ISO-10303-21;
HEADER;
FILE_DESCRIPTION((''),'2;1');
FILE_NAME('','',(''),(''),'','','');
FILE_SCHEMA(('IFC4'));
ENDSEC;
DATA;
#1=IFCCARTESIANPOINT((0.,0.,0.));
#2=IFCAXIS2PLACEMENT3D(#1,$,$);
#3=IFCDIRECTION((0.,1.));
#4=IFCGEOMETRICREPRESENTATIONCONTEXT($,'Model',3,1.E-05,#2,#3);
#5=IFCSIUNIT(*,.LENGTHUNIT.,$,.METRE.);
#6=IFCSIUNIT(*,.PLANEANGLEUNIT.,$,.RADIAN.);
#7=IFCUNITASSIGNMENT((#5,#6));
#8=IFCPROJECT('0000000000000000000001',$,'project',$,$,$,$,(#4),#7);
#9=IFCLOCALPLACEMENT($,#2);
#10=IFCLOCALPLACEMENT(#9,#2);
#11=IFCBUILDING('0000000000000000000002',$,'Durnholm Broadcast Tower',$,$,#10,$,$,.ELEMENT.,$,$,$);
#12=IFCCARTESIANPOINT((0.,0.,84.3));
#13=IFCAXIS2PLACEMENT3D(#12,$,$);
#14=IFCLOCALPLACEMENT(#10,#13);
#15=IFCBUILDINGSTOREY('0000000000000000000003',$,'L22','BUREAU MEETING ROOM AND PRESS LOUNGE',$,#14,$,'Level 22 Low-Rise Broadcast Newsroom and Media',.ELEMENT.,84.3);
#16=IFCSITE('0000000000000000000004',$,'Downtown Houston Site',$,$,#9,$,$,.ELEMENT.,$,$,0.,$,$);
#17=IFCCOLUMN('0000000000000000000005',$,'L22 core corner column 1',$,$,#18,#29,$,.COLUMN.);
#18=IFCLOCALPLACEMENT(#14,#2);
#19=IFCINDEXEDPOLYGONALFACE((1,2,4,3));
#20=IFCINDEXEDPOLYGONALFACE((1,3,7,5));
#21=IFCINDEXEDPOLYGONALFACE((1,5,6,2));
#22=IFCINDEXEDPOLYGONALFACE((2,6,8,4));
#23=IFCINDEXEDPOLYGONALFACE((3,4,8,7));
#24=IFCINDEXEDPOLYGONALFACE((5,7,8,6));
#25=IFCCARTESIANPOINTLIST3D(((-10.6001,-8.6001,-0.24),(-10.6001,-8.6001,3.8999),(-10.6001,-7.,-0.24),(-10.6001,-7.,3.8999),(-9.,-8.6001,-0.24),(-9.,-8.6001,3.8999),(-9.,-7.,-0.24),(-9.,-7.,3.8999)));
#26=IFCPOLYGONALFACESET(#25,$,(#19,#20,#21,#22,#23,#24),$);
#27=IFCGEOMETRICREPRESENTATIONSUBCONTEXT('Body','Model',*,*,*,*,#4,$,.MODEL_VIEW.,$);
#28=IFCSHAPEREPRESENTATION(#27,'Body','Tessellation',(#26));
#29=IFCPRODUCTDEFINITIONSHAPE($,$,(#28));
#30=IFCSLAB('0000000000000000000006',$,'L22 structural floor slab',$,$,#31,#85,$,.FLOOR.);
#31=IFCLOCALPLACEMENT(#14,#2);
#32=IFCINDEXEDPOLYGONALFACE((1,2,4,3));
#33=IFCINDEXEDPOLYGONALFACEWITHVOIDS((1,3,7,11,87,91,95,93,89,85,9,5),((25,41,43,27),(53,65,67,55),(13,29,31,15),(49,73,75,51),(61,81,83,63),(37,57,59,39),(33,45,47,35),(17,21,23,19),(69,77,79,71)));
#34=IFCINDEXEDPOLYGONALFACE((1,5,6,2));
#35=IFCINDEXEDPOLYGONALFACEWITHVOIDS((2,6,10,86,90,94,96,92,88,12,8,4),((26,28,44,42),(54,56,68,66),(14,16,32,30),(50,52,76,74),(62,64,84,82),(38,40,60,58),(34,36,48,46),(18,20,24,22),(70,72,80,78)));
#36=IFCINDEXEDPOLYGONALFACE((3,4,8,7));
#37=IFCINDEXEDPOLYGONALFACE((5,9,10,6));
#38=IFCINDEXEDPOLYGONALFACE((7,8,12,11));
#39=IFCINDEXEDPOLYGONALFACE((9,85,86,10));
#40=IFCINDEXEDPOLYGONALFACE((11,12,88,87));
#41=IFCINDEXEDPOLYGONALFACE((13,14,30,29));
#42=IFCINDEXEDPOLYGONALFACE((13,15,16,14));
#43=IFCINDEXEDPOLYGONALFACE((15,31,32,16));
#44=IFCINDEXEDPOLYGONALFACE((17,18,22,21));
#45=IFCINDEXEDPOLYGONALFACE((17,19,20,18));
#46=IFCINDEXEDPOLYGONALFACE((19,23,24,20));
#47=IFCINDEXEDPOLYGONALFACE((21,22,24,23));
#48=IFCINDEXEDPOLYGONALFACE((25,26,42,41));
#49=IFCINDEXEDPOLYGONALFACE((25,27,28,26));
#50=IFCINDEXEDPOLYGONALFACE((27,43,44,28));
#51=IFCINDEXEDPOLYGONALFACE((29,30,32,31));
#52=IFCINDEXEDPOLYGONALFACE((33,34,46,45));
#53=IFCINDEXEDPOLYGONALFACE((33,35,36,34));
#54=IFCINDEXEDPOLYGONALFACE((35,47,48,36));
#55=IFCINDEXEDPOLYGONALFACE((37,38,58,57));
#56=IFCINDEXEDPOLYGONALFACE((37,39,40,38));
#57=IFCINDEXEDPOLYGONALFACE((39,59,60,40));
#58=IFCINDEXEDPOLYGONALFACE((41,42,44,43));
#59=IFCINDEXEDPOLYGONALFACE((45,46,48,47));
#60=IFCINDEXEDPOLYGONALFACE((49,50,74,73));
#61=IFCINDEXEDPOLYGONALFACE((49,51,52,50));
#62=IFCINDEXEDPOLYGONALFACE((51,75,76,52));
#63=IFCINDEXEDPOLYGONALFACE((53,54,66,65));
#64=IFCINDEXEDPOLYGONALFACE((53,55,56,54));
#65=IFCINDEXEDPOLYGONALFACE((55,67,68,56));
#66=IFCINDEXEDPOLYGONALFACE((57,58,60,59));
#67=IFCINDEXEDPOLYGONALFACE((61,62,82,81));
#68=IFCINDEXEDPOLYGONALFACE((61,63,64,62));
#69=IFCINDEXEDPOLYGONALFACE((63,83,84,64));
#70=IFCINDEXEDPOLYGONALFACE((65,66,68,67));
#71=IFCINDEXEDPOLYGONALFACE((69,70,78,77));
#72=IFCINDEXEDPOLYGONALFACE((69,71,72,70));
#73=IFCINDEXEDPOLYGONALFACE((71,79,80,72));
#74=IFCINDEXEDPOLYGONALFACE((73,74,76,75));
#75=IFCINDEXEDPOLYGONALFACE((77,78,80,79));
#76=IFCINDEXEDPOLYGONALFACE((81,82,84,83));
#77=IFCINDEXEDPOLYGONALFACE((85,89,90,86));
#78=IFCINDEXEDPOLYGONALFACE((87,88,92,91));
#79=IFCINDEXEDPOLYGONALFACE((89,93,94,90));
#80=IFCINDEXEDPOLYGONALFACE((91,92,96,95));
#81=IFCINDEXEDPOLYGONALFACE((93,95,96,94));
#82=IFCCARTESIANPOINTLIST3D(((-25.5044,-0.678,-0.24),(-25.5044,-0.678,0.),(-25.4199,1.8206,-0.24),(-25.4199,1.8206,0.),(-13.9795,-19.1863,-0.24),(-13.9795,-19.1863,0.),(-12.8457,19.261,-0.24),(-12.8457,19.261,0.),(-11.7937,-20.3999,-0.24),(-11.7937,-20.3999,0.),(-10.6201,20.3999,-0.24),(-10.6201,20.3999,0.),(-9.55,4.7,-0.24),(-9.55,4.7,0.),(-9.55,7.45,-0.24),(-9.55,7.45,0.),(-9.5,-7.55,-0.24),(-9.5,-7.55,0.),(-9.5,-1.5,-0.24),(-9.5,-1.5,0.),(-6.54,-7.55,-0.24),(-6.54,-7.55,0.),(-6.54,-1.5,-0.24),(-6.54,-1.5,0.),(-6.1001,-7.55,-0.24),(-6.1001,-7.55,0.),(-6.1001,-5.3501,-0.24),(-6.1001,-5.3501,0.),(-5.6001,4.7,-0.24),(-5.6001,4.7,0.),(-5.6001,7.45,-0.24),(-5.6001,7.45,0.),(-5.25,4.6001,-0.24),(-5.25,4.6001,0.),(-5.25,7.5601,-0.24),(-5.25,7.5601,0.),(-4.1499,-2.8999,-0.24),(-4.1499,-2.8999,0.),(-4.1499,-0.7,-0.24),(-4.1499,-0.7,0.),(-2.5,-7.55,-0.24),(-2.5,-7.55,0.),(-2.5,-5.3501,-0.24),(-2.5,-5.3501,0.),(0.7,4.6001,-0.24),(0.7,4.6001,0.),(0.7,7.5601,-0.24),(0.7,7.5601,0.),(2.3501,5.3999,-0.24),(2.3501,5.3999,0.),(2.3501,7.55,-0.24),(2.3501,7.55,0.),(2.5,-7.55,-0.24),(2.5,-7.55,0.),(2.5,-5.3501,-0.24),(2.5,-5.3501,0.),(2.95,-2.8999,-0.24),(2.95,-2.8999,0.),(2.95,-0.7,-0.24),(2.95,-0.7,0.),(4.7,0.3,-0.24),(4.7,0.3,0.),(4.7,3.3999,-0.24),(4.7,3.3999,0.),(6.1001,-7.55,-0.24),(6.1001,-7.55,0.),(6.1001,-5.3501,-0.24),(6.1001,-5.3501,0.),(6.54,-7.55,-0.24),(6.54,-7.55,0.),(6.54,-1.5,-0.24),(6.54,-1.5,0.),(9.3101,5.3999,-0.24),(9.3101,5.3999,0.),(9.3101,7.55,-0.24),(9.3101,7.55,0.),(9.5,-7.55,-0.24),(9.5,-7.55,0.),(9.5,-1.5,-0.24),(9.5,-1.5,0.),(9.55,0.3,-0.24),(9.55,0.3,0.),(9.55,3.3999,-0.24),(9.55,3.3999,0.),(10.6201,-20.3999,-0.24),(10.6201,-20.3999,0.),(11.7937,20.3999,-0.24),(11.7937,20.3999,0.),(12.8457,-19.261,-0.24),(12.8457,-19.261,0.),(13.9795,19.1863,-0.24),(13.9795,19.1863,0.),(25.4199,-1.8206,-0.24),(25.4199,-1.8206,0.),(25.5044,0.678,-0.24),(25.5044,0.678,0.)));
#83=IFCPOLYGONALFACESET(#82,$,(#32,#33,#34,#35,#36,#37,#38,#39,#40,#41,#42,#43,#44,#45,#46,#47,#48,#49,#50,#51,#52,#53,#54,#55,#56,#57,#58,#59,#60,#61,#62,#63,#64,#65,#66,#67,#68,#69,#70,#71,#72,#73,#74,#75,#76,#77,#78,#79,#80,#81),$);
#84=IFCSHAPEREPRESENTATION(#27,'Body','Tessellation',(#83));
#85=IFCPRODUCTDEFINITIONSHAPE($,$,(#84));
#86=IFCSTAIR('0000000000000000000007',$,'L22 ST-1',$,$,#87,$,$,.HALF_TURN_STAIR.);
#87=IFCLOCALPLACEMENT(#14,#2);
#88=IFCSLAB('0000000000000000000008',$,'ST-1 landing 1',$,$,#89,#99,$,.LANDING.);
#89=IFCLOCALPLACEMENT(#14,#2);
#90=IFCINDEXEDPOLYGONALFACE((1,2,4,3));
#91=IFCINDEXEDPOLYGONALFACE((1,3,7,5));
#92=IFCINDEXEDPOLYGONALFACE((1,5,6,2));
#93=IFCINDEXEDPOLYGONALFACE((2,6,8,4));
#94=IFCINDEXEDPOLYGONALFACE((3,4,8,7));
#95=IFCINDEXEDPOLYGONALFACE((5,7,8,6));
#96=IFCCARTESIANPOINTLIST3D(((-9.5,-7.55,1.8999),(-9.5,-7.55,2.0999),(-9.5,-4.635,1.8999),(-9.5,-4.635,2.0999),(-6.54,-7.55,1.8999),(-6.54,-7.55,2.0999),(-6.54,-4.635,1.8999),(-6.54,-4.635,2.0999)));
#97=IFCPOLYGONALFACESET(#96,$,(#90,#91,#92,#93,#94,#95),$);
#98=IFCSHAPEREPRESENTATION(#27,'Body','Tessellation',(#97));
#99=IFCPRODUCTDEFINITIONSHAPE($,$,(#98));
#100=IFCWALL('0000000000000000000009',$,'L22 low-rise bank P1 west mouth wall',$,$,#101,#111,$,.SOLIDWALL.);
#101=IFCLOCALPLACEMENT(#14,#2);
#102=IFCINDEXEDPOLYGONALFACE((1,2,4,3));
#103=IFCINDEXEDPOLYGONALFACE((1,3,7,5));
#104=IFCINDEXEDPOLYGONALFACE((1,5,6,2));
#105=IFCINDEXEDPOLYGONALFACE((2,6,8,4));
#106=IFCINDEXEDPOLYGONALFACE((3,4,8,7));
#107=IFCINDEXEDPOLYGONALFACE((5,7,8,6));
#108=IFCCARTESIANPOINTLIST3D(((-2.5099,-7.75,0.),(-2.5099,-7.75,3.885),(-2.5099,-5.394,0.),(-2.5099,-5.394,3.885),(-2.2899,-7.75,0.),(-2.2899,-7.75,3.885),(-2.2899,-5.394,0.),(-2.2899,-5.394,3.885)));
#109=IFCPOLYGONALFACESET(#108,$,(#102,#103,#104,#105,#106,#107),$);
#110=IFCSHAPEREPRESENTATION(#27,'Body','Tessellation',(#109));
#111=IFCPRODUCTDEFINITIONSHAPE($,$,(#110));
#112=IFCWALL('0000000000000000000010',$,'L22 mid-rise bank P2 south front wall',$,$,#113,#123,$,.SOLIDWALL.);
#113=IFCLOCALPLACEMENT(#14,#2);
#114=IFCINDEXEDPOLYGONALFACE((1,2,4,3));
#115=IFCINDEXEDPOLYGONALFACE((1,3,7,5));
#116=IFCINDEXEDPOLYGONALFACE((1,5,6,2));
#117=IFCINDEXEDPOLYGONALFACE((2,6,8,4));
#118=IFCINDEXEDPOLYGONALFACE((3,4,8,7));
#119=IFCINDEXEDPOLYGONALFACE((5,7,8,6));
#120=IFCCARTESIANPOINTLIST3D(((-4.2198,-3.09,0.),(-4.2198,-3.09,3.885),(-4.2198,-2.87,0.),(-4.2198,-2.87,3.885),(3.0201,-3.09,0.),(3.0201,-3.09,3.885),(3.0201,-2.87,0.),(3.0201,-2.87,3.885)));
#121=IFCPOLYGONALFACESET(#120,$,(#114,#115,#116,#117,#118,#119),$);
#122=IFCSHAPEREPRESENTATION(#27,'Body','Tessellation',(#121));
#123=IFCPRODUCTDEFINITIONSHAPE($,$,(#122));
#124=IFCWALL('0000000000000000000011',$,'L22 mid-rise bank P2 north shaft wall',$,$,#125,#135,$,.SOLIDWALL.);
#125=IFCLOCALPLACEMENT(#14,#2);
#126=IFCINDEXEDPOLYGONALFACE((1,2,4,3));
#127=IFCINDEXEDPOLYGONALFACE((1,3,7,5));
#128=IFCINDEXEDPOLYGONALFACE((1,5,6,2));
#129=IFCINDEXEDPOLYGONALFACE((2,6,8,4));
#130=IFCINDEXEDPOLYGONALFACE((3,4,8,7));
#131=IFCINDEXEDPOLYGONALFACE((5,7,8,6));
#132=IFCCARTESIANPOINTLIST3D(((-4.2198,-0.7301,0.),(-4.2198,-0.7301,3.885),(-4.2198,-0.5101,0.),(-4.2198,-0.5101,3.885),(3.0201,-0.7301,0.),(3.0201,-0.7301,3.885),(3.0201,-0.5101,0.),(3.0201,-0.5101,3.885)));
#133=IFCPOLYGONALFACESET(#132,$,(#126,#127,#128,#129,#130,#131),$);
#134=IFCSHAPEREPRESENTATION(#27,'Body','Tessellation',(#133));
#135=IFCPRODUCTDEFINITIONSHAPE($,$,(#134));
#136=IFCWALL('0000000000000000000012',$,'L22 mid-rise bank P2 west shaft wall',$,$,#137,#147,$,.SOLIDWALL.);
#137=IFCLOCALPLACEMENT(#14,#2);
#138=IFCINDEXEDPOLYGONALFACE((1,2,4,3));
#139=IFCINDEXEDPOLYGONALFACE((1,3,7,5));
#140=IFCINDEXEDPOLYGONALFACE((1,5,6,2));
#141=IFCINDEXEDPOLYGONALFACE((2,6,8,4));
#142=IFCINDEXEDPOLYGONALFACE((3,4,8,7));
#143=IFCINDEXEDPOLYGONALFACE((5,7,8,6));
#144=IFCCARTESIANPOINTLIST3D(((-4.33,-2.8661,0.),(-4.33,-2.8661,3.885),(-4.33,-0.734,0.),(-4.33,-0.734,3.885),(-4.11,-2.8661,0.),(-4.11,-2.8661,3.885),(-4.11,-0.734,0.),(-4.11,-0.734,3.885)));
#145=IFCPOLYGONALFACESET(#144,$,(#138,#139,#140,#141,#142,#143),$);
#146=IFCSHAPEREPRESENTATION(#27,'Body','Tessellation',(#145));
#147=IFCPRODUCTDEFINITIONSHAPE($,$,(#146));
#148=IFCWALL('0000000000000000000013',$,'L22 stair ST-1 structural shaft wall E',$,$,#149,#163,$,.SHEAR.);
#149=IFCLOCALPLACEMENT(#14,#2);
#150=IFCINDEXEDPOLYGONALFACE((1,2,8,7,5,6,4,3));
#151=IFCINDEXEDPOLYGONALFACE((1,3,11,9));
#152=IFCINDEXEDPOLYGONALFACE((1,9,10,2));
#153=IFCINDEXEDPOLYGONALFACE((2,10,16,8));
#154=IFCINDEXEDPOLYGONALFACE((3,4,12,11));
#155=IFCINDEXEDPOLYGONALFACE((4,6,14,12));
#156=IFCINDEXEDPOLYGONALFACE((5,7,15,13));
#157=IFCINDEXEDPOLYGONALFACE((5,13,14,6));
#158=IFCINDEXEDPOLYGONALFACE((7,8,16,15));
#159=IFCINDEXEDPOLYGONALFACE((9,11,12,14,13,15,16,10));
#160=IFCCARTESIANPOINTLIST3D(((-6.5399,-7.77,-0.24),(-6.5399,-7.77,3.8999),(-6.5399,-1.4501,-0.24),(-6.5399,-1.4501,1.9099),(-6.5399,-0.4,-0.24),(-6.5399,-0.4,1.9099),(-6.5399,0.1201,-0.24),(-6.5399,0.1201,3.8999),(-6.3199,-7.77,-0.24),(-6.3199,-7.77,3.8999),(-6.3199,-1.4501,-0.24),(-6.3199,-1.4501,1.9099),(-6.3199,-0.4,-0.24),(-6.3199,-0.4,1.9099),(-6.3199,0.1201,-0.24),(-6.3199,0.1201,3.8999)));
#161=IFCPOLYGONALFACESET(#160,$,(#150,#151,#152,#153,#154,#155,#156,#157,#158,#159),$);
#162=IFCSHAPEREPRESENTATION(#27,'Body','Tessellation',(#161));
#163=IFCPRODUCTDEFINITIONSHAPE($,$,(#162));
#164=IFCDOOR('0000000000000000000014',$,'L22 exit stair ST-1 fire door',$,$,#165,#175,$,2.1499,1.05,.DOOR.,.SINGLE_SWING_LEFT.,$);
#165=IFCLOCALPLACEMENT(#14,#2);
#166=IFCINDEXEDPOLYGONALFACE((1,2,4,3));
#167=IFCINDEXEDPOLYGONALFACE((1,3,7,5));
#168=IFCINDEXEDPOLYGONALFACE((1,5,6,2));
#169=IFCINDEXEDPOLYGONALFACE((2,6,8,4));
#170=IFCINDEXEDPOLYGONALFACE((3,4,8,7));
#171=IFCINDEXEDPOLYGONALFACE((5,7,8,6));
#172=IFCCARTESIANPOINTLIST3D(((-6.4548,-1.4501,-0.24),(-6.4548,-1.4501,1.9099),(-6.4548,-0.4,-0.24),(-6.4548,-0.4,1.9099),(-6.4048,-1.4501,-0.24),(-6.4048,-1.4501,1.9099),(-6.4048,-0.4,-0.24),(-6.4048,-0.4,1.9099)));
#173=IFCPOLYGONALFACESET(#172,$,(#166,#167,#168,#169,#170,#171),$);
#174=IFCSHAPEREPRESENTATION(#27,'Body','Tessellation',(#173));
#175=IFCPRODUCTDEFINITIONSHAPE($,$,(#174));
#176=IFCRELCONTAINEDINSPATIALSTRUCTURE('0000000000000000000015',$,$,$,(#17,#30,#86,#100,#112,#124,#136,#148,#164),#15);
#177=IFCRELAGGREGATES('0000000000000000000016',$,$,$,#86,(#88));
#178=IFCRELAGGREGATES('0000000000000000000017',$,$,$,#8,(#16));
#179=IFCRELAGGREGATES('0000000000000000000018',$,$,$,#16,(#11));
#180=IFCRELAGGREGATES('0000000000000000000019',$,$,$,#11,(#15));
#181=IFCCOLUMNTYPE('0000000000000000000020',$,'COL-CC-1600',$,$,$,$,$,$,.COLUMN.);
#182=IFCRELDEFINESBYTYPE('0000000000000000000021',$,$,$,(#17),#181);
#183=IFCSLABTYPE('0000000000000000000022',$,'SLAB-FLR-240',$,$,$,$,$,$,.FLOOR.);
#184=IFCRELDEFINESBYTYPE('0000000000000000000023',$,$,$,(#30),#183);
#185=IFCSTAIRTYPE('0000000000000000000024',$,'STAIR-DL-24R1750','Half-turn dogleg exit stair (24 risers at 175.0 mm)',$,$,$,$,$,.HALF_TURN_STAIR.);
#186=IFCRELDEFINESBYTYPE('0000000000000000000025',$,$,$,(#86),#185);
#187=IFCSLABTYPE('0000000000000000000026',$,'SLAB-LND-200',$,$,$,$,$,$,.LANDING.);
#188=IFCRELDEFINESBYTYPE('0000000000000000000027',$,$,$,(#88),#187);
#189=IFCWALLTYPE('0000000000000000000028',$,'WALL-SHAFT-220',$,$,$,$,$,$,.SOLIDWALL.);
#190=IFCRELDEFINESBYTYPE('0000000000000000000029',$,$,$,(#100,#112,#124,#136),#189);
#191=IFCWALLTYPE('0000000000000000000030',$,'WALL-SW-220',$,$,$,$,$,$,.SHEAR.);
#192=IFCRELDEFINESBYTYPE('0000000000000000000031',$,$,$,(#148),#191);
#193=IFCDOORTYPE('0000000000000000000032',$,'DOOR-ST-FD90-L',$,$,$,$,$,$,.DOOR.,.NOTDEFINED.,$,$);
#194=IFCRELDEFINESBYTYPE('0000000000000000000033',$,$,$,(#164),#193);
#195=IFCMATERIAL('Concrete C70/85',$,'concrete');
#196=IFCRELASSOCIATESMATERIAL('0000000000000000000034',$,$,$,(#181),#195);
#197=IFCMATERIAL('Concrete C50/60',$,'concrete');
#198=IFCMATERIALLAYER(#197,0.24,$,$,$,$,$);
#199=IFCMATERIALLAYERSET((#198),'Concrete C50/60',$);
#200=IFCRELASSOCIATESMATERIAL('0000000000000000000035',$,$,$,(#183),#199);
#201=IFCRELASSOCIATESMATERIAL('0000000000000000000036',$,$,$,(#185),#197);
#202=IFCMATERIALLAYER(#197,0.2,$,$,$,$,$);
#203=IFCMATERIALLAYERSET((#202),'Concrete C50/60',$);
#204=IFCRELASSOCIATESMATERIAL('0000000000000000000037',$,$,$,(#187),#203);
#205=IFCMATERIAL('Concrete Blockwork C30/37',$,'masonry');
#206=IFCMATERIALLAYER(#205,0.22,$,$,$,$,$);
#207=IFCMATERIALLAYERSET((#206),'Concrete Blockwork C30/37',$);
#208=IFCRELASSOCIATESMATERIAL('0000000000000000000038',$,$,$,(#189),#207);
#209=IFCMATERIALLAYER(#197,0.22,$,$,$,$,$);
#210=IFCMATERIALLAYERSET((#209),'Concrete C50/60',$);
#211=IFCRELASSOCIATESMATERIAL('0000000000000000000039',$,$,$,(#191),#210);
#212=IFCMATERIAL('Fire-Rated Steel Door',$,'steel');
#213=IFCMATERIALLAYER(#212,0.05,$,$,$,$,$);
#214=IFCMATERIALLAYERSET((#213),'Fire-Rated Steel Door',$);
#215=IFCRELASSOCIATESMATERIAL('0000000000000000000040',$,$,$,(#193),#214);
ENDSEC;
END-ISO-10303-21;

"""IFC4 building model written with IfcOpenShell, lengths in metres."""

from ifc_helpers import new_model, si_unit, direction, frame, frame_2d, origin, origin_2d, place, context, subcontext, project, spatial, polyline, rectangle, outline, extrude, source, transform, mapped, material, layer, layer_set, material_profile, profile_set, type_object, type_shapes, element, fill, aggregate, save


model = new_model("IFC4")

# Units and contexts
model_context = context("Model", 3, precision=1e-05, world=origin(), true_north=direction((0.0, 1.0)))
body_context = subcontext(model_context, "Body", "Model", "MODEL_VIEW")
ifc_project = project(units=[si_unit("LENGTHUNIT", "METRE"), si_unit("PLANEANGLEUNIT", "RADIAN")], contexts=[model_context])

# Site, building, storey
site_placement = place(None, origin())
site = spatial("IfcSite", under=ifc_project, at=site_placement, Name="Downtown Houston Site", CompositionType="ELEMENT", RefElevation=0.0)
building_placement = place(site_placement, origin())
building = spatial("IfcBuilding", under=site, at=building_placement, Name="Durnholm Broadcast Tower", CompositionType="ELEMENT")
storey_placement = place(building_placement, frame((0.0, 0.0, 84.3)))
storey = spatial("IfcBuildingStorey", under=building, at=storey_placement, Name="L22", Description="BUREAU MEETING ROOM AND PRESS LOUNGE", LongName="Level 22 Low-Rise Broadcast Newsroom and Media", CompositionType="ELEMENT", Elevation=84.3)

# Column
ifc_material_1 = material(Name="Concrete C70/85", Category="concrete")
ifc_material_profile = material_profile(ifc_material_1, rectangle(XDim=1.6001, YDim=1.6001, at=origin_2d()), Name="RC1600X1600")
ifc_profile_set = profile_set([ifc_material_profile], Name="Concrete C70/85")
column_type = type_object("IfcColumnType", Name="COL-CC-1600", PredefinedType="COLUMN", material=ifc_profile_set)
shared_shape_1 = source(origin(), body_context, "Body", "SweptSolid", [
    extrude(rectangle(XDim=1.6001, YDim=1.6001, at=origin_2d()), origin(), (0.0, 0.0, 1.0), 4.1399),
])
type_shapes(column_type, [shared_shape_1])
column_placement = place(storey_placement, frame((-9.8, -7.8, -0.24), z_axis=(0.0, 0.0, 1.0), x_axis=(1.0, 0.0, 0.0)))
element("IfcColumn", 1, at=column_placement, inside=storey, type_object=column_type, Name="L22 core corner column 1", PredefinedType="COLUMN", context=body_context, shape_type="MappedRepresentation", body=[
    mapped(shared_shape_1, transform((0.0, 0.0, 0.0), x_axis=(1.0, 0.0, 0.0), y_axis=(0.0, 1.0, 0.0), z_axis=(0.0, 0.0, 1.0), scale=1.0)),
])

# Slab
ifc_material_2 = material(Name="Concrete C50/60", Category="concrete")
ifc_layer_1 = layer(ifc_material_2, 0.24)
ifc_layer_set_1 = layer_set([ifc_layer_1], Name="Concrete C50/60")
slab_type_1 = type_object("IfcSlabType", Name="SLAB-FLR-240", PredefinedType="FLOOR", material=ifc_layer_set_1)
slab_1_placement = place(storey_placement, frame((0.0, 0.0, -0.24)))
element("IfcSlab", 2, at=slab_1_placement, inside=storey, type_object=slab_type_1, Name="L22 structural floor slab", PredefinedType="FLOOR", context=body_context, shape_type="SweptSolid", body=[
    extrude(outline(polyline([(-13.9795, -19.1863), (-11.7937, -20.3999), (10.6201, -20.3999), (12.8457, -19.261), (25.4199, -1.8206), (25.5044, 0.678), (13.9795, 19.1863), (11.7937, 20.3999), (-10.6201, 20.3999), (-12.8457, 19.261), (-25.4199, 1.8206), (-25.5044, -0.678), (-13.9795, -19.1863)]), holes=[polyline([(-2.5, -5.3501), (-6.1001, -5.3501), (-6.1001, -7.55), (-2.5, -7.55), (-2.5, -5.3501)]), polyline([(6.1001, -5.3501), (2.5, -5.3501), (2.5, -7.55), (6.1001, -7.55), (6.1001, -5.3501)]), polyline([(-6.54, -7.55), (-6.54, -1.5), (-9.5, -1.5), (-9.5, -7.55), (-6.54, -7.55)]), polyline([(9.5, -7.55), (9.5, -1.5), (6.54, -1.5), (6.54, -7.55), (9.5, -7.55)]), polyline([(2.95, -0.7), (-4.1499, -0.7), (-4.1499, -2.8999), (2.95, -2.8999), (2.95, -0.7)]), polyline([(9.55, 3.3999), (4.7, 3.3999), (4.7, 0.3), (9.55, 0.3), (9.55, 3.3999)]), polyline([(-5.6001, 7.45), (-9.55, 7.45), (-9.55, 4.7), (-5.6001, 4.7), (-5.6001, 7.45)]), polyline([(-5.25, 7.5601), (-5.25, 4.6001), (0.7, 4.6001), (0.7, 7.5601), (-5.25, 7.5601)]), polyline([(9.3101, 5.3999), (9.3101, 7.55), (2.3501, 7.55), (2.3501, 5.3999), (9.3101, 5.3999)])]), origin(), (0.0, 0.0, 1.0), 0.24),
])

# Stair, slab
stair_type = type_object("IfcStairType", Name="STAIR-DL-24R1750", Description="Half-turn dogleg exit stair (24 risers at 175.0 mm)", PredefinedType="HALF_TURN_STAIR", material=ifc_material_2)
stair_placement = place(storey_placement, origin())
stair = element("IfcStair", 3, at=stair_placement, inside=storey, type_object=stair_type, Name="L22 ST-1", PredefinedType="HALF_TURN_STAIR")
ifc_layer_2 = layer(ifc_material_2, 0.2)
ifc_layer_set_2 = layer_set([ifc_layer_2], Name="Concrete C50/60")
slab_type_2 = type_object("IfcSlabType", Name="SLAB-LND-200", PredefinedType="LANDING", material=ifc_layer_set_2)
slab_2_placement = place(storey_placement, frame((0.0, 0.0, 1.8999)))
slab_2 = element("IfcSlab", 4, at=slab_2_placement, type_object=slab_type_2, Name="ST-1 landing 1", PredefinedType="LANDING", context=body_context, shape_type="SweptSolid", body=[
    extrude(outline(polyline([(-9.5, -4.635), (-9.5, -7.55), (-6.54, -7.55), (-6.54, -4.635), (-9.5, -4.635)])), origin(), (0.0, 0.0, 1.0), 0.2),
])

# Shared definitions
ifc_material_3 = material(Name="Concrete Blockwork C30/37", Category="masonry")
ifc_layer_3 = layer(ifc_material_3, 0.22)
ifc_layer_set_3 = layer_set([ifc_layer_3], Name="Concrete Blockwork C30/37")
wall_type_1 = type_object("IfcWallType", Name="WALL-SHAFT-220", PredefinedType="SOLIDWALL", material=ifc_layer_set_3)

# Walls
wall_1_placement = place(storey_placement, frame((-2.3999, -7.75, 0.0), z_axis=(0.0, 0.0, 1.0), x_axis=(0.0, 1.0, 0.0)))
element("IfcWall", 5, at=wall_1_placement, inside=storey, type_object=wall_type_1, Name="L22 low-rise bank P1 west mouth wall", PredefinedType="SOLIDWALL", context=body_context, shape_type="SweptSolid", body=[
    extrude(rectangle(XDim=2.356, YDim=0.22, at=frame_2d((1.178, 0.0))), origin(), (0.0, 0.0, 1.0), 3.885),
])
for number, where, z_axis, x_axis, name in (
    (6, (-4.22, -2.98, 0.0), (0.0, 0.0, 1.0), (1.0, 0.0, 0.0), "L22 mid-rise bank P2 south front wall"),
    (7, (-4.22, -0.6201, 0.0), (0.0, 0.0, 1.0), (1.0, 0.0, 0.0), "L22 mid-rise bank P2 north shaft wall"),
):
    element("IfcWall", number, at=place(storey_placement, frame(where, z_axis=z_axis, x_axis=x_axis)), inside=storey, type_object=wall_type_1, Name=name, PredefinedType="SOLIDWALL", context=body_context, shape_type="SweptSolid", body=[
        extrude(rectangle(XDim=7.24, YDim=0.22, at=frame_2d((3.6201, 0.0))), origin(), (0.0, 0.0, 1.0), 3.885),
    ])
wall_2_placement = place(storey_placement, frame((-4.22, -2.866, 0.0), z_axis=(0.0, 0.0, 1.0), x_axis=(0.0, 1.0, 0.0)))
element("IfcWall", 8, at=wall_2_placement, inside=storey, type_object=wall_type_1, Name="L22 mid-rise bank P2 west shaft wall", PredefinedType="SOLIDWALL", context=body_context, shape_type="SweptSolid", body=[
    extrude(rectangle(XDim=2.1321, YDim=0.22, at=frame_2d((1.0659, 0.0))), origin(), (0.0, 0.0, 1.0), 3.885),
])

# Wall, opening, door
ifc_layer_4 = layer(ifc_material_2, 0.22)
ifc_layer_set_4 = layer_set([ifc_layer_4], Name="Concrete C50/60")
wall_type_2 = type_object("IfcWallType", Name="WALL-SW-220", PredefinedType="SHEAR", material=ifc_layer_set_4)
wall_3_placement = place(storey_placement, frame((-6.4299, -7.77, -0.24), z_axis=(0.0, 0.0, 1.0), x_axis=(0.0, 1.0, 0.0)))
wall_3 = element("IfcWall", 9, at=wall_3_placement, inside=storey, type_object=wall_type_2, Name="L22 stair ST-1 structural shaft wall E", PredefinedType="SHEAR", context=body_context, shape_type="SweptSolid", body=[
    extrude(rectangle(XDim=7.8901, YDim=0.22, at=frame_2d((3.9451, 0.0))), origin(), (0.0, 0.0, 1.0), 4.1399),
])
opening_1_placement = place(wall_3_placement, frame((6.3201, 0.0, 0.0)))
opening_1 = element("IfcOpeningElement", 10, at=opening_1_placement, cuts=wall_3, PredefinedType="OPENING", context=body_context, shape_type="SweptSolid", body=[
    extrude(rectangle(XDim=1.05, YDim=2.1499, at=frame_2d((0.5249, 1.075))), frame((0.0, 0.1201, 0.0), z_axis=(0.0, -1.0, 0.0), x_axis=(1.0, 0.0, 0.0)), (0.0, 0.0, 1.0), 0.24),
])
ifc_material_4 = material(Name="Fire-Rated Steel Door", Category="steel")
ifc_layer_5 = layer(ifc_material_4, 0.05)
ifc_layer_set_5 = layer_set([ifc_layer_5], Name="Fire-Rated Steel Door")
door_type_1 = type_object("IfcDoorType", Name="DOOR-ST-FD90-L", OperationType="NOTDEFINED", PredefinedType="DOOR", material=ifc_layer_set_5)
shared_shape_2 = source(origin(), body_context, "Body", "SweptSolid", [
    extrude(rectangle(XDim=1.05, YDim=2.1499, at=frame_2d((0.5249, 1.075))), frame((0.0, 0.0249, 0.0), z_axis=(0.0, -1.0, 0.0), x_axis=(1.0, 0.0, 0.0)), (0.0, 0.0, 1.0), 0.05),
])
type_shapes(door_type_1, [shared_shape_2])
door_1_placement = place(opening_1_placement, origin())
door_1 = element("IfcDoor", 11, at=door_1_placement, inside=storey, type_object=door_type_1, Name="L22 exit stair ST-1 fire door", OperationType="SINGLE_SWING_LEFT", OverallHeight=2.1499, OverallWidth=1.05, PredefinedType="DOOR", context=body_context, shape_type="MappedRepresentation", body=[
    mapped(shared_shape_2, transform((0.0, 0.0, 0.0), x_axis=(1.0, 0.0, 0.0), y_axis=(0.0, 1.0, 0.0), z_axis=(0.0, 0.0, 1.0), scale=1.0)),
])
fill(opening_1, door_1)

aggregate(stair, [slab_2])

save(model, "model.ifc")
